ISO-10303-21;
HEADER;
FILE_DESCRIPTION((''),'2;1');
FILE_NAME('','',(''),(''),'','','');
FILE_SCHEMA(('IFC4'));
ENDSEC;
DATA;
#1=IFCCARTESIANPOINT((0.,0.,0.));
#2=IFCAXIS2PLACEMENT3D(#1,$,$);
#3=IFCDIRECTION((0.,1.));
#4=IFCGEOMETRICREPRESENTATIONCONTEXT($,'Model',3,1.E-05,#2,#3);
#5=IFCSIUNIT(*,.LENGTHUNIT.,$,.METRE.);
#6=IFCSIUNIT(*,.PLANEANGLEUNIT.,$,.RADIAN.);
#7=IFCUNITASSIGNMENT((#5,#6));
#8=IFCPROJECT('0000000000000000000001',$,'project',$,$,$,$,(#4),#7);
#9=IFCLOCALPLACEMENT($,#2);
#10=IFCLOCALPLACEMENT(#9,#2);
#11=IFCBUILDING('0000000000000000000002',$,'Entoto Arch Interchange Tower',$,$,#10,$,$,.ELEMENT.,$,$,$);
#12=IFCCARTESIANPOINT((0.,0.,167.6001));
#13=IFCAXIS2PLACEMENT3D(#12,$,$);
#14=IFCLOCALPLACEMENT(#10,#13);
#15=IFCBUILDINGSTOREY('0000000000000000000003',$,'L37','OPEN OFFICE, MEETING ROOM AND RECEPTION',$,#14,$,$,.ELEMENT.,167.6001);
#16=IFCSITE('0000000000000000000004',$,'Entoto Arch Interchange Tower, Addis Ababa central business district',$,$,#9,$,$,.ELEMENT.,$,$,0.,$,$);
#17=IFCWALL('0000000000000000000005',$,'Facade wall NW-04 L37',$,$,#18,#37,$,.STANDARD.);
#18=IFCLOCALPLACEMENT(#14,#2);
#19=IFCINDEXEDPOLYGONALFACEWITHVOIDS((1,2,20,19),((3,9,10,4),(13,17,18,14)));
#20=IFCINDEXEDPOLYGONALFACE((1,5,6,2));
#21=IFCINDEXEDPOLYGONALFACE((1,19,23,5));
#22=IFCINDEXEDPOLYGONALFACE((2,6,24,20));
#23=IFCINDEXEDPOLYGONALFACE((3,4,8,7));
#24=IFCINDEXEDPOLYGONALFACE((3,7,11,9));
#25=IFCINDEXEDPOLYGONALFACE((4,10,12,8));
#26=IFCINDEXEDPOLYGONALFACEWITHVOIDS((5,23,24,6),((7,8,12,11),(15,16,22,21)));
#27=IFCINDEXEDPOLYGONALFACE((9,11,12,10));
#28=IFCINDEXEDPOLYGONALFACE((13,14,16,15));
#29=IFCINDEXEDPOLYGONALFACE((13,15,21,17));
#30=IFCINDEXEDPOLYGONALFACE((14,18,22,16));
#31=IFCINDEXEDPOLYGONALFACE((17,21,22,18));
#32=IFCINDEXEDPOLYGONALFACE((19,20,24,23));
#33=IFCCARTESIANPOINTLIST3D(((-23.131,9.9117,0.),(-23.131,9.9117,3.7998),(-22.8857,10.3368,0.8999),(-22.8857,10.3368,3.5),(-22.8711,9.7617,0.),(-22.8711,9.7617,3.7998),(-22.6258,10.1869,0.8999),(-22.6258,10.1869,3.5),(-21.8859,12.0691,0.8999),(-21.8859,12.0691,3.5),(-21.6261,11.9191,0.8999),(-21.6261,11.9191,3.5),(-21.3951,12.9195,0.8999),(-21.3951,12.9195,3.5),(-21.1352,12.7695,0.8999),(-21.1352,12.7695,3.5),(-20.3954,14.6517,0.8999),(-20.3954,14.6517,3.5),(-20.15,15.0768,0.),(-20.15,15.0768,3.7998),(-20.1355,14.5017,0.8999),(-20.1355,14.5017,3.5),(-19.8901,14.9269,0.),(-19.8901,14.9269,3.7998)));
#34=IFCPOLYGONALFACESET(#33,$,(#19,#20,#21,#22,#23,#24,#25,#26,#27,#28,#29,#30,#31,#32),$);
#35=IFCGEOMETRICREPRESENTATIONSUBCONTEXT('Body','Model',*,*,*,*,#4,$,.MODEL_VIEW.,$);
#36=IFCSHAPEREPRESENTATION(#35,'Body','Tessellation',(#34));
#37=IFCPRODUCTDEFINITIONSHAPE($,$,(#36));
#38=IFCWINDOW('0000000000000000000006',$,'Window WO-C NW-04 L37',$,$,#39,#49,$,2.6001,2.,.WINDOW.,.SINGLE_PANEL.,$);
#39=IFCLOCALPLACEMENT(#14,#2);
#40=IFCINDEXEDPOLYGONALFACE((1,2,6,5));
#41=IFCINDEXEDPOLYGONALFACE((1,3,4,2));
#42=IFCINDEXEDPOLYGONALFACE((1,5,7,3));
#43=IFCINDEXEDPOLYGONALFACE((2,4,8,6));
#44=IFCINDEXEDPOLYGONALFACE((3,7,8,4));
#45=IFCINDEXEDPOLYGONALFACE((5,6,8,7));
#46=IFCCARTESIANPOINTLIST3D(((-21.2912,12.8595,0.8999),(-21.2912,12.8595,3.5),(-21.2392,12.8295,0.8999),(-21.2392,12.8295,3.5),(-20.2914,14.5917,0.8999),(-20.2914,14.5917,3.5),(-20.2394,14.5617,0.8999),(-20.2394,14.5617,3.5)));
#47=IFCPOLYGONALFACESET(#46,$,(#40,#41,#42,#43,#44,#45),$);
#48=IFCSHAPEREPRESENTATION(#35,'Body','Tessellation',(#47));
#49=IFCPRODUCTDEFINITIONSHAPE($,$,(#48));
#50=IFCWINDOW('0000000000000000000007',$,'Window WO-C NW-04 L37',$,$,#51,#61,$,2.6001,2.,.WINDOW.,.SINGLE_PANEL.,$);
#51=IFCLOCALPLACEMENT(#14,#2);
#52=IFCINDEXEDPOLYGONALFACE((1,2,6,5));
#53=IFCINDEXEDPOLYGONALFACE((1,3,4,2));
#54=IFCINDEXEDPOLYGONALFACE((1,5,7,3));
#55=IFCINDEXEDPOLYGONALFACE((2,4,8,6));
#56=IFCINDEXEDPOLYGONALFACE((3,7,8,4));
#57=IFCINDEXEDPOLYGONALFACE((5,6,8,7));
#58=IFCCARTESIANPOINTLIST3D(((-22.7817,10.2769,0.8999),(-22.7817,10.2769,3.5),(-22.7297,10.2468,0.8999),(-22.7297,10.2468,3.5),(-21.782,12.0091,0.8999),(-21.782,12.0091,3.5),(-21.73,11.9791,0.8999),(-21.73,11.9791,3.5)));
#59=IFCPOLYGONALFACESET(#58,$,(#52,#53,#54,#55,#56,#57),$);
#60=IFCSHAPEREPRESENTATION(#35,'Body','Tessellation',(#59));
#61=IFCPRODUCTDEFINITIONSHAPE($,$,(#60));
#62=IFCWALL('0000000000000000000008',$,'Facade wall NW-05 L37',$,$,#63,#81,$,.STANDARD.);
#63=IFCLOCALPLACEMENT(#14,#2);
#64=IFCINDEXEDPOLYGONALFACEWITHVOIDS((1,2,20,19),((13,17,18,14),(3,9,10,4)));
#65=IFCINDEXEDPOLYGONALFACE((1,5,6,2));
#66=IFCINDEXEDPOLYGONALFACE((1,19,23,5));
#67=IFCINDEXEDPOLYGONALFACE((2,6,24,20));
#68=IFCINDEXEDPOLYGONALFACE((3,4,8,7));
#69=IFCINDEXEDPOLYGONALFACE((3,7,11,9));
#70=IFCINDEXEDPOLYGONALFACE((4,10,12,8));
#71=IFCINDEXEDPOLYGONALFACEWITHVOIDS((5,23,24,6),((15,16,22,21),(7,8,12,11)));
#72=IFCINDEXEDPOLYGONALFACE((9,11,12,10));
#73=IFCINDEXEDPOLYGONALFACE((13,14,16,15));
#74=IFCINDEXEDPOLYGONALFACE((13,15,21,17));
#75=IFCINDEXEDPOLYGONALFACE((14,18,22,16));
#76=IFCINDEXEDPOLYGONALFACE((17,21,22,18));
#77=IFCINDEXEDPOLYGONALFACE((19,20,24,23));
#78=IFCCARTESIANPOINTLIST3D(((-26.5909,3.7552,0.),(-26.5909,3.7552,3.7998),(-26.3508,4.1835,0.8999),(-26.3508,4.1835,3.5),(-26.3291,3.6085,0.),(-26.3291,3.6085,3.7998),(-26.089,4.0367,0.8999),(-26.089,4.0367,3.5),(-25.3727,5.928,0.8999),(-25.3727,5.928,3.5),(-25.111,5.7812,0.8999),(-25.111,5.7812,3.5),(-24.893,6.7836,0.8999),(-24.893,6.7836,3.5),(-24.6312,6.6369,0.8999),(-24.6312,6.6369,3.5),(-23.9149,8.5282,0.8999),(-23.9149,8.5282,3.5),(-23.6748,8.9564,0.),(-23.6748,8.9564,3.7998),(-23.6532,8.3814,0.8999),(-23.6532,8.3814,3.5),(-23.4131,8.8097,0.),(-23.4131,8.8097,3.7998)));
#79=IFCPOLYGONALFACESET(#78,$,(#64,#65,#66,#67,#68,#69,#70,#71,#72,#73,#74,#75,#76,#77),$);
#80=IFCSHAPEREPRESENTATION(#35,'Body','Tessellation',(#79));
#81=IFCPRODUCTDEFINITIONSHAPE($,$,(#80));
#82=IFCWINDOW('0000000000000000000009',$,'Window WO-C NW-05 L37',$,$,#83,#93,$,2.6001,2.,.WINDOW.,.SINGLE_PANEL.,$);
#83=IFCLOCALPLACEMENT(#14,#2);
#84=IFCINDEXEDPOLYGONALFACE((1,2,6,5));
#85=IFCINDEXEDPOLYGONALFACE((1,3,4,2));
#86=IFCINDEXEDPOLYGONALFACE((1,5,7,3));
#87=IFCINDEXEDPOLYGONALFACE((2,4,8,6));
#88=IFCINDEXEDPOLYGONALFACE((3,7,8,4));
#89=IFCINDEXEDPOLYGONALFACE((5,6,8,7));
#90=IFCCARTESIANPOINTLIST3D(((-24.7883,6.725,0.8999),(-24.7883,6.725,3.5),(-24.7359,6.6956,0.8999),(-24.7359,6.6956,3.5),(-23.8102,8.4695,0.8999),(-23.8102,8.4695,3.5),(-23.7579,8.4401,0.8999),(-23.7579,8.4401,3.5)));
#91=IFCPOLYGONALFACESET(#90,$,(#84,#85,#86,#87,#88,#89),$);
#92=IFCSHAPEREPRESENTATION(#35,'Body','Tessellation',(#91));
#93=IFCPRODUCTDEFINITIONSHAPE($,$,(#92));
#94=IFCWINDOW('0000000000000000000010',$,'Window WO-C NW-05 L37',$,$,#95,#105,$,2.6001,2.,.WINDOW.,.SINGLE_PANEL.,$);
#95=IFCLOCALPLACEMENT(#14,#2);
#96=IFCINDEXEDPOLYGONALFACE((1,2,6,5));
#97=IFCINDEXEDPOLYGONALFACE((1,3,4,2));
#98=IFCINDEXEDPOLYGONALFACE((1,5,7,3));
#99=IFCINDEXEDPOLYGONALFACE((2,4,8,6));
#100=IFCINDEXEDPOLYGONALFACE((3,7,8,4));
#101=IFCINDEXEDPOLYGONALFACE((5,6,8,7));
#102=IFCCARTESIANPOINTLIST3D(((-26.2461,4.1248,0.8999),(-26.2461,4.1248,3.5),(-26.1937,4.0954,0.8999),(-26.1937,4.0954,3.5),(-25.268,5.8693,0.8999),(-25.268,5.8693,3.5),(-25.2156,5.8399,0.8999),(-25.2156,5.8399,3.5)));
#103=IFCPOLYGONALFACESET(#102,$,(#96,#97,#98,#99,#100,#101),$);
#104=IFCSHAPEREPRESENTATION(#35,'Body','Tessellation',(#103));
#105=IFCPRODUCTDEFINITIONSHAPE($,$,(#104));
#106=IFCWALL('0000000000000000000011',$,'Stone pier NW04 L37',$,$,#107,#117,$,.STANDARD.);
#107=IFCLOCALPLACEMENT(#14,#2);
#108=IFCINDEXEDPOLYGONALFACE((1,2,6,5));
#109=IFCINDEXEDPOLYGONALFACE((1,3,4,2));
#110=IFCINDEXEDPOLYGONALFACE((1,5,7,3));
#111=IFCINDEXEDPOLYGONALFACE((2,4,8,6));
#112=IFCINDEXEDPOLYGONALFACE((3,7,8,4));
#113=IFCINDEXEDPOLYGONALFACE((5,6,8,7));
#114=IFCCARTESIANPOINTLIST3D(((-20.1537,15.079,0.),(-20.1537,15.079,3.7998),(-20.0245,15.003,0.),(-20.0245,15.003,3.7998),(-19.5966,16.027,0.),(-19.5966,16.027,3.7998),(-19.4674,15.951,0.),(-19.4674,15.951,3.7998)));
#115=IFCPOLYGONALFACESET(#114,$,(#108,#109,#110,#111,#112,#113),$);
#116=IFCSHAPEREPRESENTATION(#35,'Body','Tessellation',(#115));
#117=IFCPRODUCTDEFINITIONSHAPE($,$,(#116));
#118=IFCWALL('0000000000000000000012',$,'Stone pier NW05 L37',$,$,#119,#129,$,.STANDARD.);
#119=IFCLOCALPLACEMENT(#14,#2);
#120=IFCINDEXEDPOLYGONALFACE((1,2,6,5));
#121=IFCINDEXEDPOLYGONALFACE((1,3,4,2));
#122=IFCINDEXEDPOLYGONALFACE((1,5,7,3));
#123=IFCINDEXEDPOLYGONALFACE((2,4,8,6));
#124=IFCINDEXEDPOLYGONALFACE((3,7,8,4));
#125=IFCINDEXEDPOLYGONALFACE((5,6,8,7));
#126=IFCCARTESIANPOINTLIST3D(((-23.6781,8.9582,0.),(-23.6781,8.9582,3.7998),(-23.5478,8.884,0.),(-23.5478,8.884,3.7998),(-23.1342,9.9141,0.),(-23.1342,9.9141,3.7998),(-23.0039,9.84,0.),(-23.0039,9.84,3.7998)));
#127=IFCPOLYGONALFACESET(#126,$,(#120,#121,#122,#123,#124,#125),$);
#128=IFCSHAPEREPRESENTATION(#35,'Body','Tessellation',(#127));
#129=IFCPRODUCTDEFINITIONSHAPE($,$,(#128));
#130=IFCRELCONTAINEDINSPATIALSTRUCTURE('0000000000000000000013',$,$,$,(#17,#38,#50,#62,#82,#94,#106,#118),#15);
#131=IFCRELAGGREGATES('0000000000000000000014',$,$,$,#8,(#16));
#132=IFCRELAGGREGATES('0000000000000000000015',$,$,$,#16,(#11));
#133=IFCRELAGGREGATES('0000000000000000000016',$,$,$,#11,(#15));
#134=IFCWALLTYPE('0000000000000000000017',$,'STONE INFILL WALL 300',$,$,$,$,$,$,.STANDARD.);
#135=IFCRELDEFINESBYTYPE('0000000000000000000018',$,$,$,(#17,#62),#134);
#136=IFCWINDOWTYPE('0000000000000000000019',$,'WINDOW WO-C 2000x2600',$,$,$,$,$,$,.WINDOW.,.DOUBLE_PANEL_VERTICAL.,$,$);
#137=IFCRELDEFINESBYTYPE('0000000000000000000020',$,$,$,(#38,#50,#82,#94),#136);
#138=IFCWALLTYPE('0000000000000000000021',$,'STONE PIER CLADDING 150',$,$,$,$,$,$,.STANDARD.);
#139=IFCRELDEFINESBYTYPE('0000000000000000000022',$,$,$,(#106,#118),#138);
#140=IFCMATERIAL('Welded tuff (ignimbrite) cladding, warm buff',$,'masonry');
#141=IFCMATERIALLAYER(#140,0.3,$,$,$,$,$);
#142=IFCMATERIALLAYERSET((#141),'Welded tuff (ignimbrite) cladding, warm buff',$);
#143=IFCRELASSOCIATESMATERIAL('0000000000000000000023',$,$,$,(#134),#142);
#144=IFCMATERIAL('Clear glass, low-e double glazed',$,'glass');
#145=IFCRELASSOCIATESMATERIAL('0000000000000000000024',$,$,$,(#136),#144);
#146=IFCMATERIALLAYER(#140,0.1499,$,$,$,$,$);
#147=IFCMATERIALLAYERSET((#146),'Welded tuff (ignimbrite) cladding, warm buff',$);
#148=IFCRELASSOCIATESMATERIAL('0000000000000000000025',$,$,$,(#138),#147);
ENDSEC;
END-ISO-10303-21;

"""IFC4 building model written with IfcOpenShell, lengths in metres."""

from ifc_helpers import new_model, si_unit, direction, frame, frame_2d, origin, place, context, subcontext, project, spatial, rectangle, extrude, material, layer, layer_set, type_object, element, fill, save


model = new_model("IFC4")

# Units and contexts
model_context = context("Model", 3, precision=1e-05, world=origin(), true_north=direction((0.0, 1.0)))
body_context = subcontext(model_context, "Body", "Model", "MODEL_VIEW")
ifc_project = project(units=[si_unit("LENGTHUNIT", "METRE"), si_unit("PLANEANGLEUNIT", "RADIAN")], contexts=[model_context])

# Site, building, storey
site_placement = place(None, origin())
site = spatial("IfcSite", under=ifc_project, at=site_placement, Name="Entoto Arch Interchange Tower, Addis Ababa central business district", CompositionType="ELEMENT", RefElevation=0.0)
building_placement = place(site_placement, origin())
building = spatial("IfcBuilding", under=site, at=building_placement, Name="Entoto Arch Interchange Tower", CompositionType="ELEMENT")
storey_placement = place(building_placement, frame((0.0, 0.0, 167.6001)))
storey = spatial("IfcBuildingStorey", under=building, at=storey_placement, Name="L37", Description="OPEN OFFICE, MEETING ROOM AND RECEPTION", CompositionType="ELEMENT", Elevation=167.6001)

# Walls, openings, windows
ifc_material_1 = material(Name="Welded tuff (ignimbrite) cladding, warm buff", Category="masonry")
ifc_layer_1 = layer(ifc_material_1, 0.3)
ifc_layer_set_1 = layer_set([ifc_layer_1], Name="Welded tuff (ignimbrite) cladding, warm buff")
wall_type_1 = type_object("IfcWallType", Name="STONE INFILL WALL 300", PredefinedType="STANDARD", material=ifc_layer_set_1)
ifc_material_2 = material(Name="Clear glass, low-e double glazed", Category="glass")
window_type = type_object("IfcWindowType", Name="WINDOW WO-C 2000x2600", PartitioningType="DOUBLE_PANEL_VERTICAL", PredefinedType="WINDOW", material=ifc_material_2)
wall_1_placement = place(storey_placement, frame((-20.02, 15.002, 0.0), z_axis=(0.0, 0.0, 1.0), x_axis=(-0.499864, -0.866104, 0.0)))
wall_1 = element("IfcWall", 1, at=wall_1_placement, inside=storey, type_object=wall_type_1, Name="Facade wall NW-04 L37", PredefinedType="STANDARD", context=body_context, shape_type="SweptSolid", body=[
    extrude(rectangle(XDim=5.9636, YDim=0.3, at=frame_2d((2.9819, 0.0))), origin(), (0.0, 0.0, 1.0), 3.7998),
])
opening_1_placement = place(wall_1_placement, frame((0.491, 0.0, 0.8999)))
opening_1 = element("IfcOpeningElement", 2, at=opening_1_placement, cuts=wall_1, PredefinedType="OPENING", context=body_context, shape_type="SweptSolid", body=[
    extrude(rectangle(XDim=2.0, YDim=2.6001, at=frame_2d((1.0, 1.3))), frame((0.0, 0.1602, 0.0), z_axis=(0.0, -1.0, 0.0), x_axis=(1.0, 0.0, 0.0)), (0.0, 0.0, 1.0), 0.3201),
])
opening_2_placement = place(wall_1_placement, frame((3.4729, 0.0, 0.8999)))
opening_2 = element("IfcOpeningElement", 3, at=opening_2_placement, cuts=wall_1, PredefinedType="OPENING", context=body_context, shape_type="SweptSolid", body=[
    extrude(rectangle(XDim=2.0, YDim=2.6001, at=frame_2d((1.0, 1.3))), frame((0.0, 0.1602, 0.0), z_axis=(0.0, -1.0, 0.0), x_axis=(1.0, 0.0, 0.0)), (0.0, 0.0, 1.0), 0.3201),
])
window_1_placement = place(opening_1_placement, origin())
window_1 = element("IfcWindow", 4, at=window_1_placement, inside=storey, type_object=window_type, Name="Window WO-C NW-04 L37", OverallHeight=2.6001, OverallWidth=2.0, PartitioningType="SINGLE_PANEL", PredefinedType="WINDOW", context=body_context, shape_type="SweptSolid", body=[
    extrude(rectangle(XDim=2.0, YDim=2.6001, at=frame_2d((1.0, 1.3))), frame((0.0, 0.03, 0.0), z_axis=(0.0, -1.0, 0.0), x_axis=(1.0, 0.0, 0.0)), (0.0, 0.0, 1.0), 0.0601),
])
fill(opening_1, window_1)
window_2_placement = place(opening_2_placement, origin())
window_2 = element("IfcWindow", 5, at=window_2_placement, inside=storey, type_object=window_type, Name="Window WO-C NW-04 L37", OverallHeight=2.6001, OverallWidth=2.0, PartitioningType="SINGLE_PANEL", PredefinedType="WINDOW", context=body_context, shape_type="SweptSolid", body=[
    extrude(rectangle(XDim=2.0, YDim=2.6001, at=frame_2d((1.0, 1.3))), frame((0.0, 0.03, 0.0), z_axis=(0.0, -1.0, 0.0), x_axis=(1.0, 0.0, 0.0)), (0.0, 0.0, 1.0), 0.0601),
])
fill(opening_2, window_2)
wall_2_placement = place(storey_placement, frame((-23.5439, 8.8831, 0.0), z_axis=(0.0, 0.0, 1.0), x_axis=(-0.489032, -0.872266, 0.0)))
wall_2 = element("IfcWall", 6, at=wall_2_placement, inside=storey, type_object=wall_type_1, Name="Facade wall NW-05 L37", PredefinedType="STANDARD", context=body_context, shape_type="SweptSolid", body=[
    extrude(rectangle(XDim=5.9629, YDim=0.3, at=frame_2d((2.9814, 0.0))), origin(), (0.0, 0.0, 1.0), 3.7998),
])
opening_3_placement = place(wall_2_placement, frame((0.491, 0.0, 0.8999)))
opening_3 = element("IfcOpeningElement", 7, at=opening_3_placement, cuts=wall_2, PredefinedType="OPENING", context=body_context, shape_type="SweptSolid", body=[
    extrude(rectangle(XDim=2.0, YDim=2.6001, at=frame_2d((1.0, 1.3))), frame((0.0, 0.1602, 0.0), z_axis=(0.0, -1.0, 0.0), x_axis=(1.0, 0.0, 0.0)), (0.0, 0.0, 1.0), 0.3201),
])
opening_4_placement = place(wall_2_placement, frame((3.4719, 0.0, 0.8999)))
opening_4 = element("IfcOpeningElement", 8, at=opening_4_placement, cuts=wall_2, PredefinedType="OPENING", context=body_context, shape_type="SweptSolid", body=[
    extrude(rectangle(XDim=2.0, YDim=2.6001, at=frame_2d((1.0, 1.3))), frame((0.0, 0.1602, 0.0), z_axis=(0.0, -1.0, 0.0), x_axis=(1.0, 0.0, 0.0)), (0.0, 0.0, 1.0), 0.3201),
])
window_3_placement = place(opening_3_placement, origin())
window_3 = element("IfcWindow", 9, at=window_3_placement, inside=storey, type_object=window_type, Name="Window WO-C NW-05 L37", OverallHeight=2.6001, OverallWidth=2.0, PartitioningType="SINGLE_PANEL", PredefinedType="WINDOW", context=body_context, shape_type="SweptSolid", body=[
    extrude(rectangle(XDim=2.0, YDim=2.6001, at=frame_2d((1.0, 1.3))), frame((0.0, 0.03, 0.0), z_axis=(0.0, -1.0, 0.0), x_axis=(1.0, 0.0, 0.0)), (0.0, 0.0, 1.0), 0.0601),
])
fill(opening_3, window_3)
window_4_placement = place(opening_4_placement, origin())
window_4 = element("IfcWindow", 10, at=window_4_placement, inside=storey, type_object=window_type, Name="Window WO-C NW-05 L37", OverallHeight=2.6001, OverallWidth=2.0, PartitioningType="SINGLE_PANEL", PredefinedType="WINDOW", context=body_context, shape_type="SweptSolid", body=[
    extrude(rectangle(XDim=2.0, YDim=2.6001, at=frame_2d((1.0, 1.3))), frame((0.0, 0.03, 0.0), z_axis=(0.0, -1.0, 0.0), x_axis=(1.0, 0.0, 0.0)), (0.0, 0.0, 1.0), 0.0601),
])
fill(opening_4, window_4)

# Walls
ifc_layer_2 = layer(ifc_material_1, 0.1499)
ifc_layer_set_2 = layer_set([ifc_layer_2], Name="Welded tuff (ignimbrite) cladding, warm buff")
wall_type_2 = type_object("IfcWallType", Name="STONE PIER CLADDING 150", PredefinedType="STANDARD", material=ifc_layer_set_2)
wall_3_placement = place(storey_placement, frame((-19.532, 15.989, 0.0), z_axis=(0.0, 0.0, 1.0), x_axis=(-0.506671, -0.86214, 0.0)))
element("IfcWall", 11, at=wall_3_placement, inside=storey, type_object=wall_type_2, Name="Stone pier NW04 L37", PredefinedType="STANDARD", context=body_context, shape_type="SweptSolid", body=[
    extrude(rectangle(XDim=1.0996, YDim=0.1499, at=frame_2d((0.5498, 0.0))), origin(), (0.0, 0.0, 1.0), 3.7998),
])
wall_4_placement = place(storey_placement, frame((-23.0691, 9.877, 0.0), z_axis=(0.0, 0.0, 1.0), x_axis=(-0.494513, -0.86917, 0.0)))
element("IfcWall", 12, at=wall_4_placement, inside=storey, type_object=wall_type_2, Name="Stone pier NW05 L37", PredefinedType="STANDARD", context=body_context, shape_type="SweptSolid", body=[
    extrude(rectangle(XDim=1.0999, YDim=0.1499, at=frame_2d((0.5498, 0.0))), origin(), (0.0, 0.0, 1.0), 3.7998),
])

save(model, "model.ifc")
